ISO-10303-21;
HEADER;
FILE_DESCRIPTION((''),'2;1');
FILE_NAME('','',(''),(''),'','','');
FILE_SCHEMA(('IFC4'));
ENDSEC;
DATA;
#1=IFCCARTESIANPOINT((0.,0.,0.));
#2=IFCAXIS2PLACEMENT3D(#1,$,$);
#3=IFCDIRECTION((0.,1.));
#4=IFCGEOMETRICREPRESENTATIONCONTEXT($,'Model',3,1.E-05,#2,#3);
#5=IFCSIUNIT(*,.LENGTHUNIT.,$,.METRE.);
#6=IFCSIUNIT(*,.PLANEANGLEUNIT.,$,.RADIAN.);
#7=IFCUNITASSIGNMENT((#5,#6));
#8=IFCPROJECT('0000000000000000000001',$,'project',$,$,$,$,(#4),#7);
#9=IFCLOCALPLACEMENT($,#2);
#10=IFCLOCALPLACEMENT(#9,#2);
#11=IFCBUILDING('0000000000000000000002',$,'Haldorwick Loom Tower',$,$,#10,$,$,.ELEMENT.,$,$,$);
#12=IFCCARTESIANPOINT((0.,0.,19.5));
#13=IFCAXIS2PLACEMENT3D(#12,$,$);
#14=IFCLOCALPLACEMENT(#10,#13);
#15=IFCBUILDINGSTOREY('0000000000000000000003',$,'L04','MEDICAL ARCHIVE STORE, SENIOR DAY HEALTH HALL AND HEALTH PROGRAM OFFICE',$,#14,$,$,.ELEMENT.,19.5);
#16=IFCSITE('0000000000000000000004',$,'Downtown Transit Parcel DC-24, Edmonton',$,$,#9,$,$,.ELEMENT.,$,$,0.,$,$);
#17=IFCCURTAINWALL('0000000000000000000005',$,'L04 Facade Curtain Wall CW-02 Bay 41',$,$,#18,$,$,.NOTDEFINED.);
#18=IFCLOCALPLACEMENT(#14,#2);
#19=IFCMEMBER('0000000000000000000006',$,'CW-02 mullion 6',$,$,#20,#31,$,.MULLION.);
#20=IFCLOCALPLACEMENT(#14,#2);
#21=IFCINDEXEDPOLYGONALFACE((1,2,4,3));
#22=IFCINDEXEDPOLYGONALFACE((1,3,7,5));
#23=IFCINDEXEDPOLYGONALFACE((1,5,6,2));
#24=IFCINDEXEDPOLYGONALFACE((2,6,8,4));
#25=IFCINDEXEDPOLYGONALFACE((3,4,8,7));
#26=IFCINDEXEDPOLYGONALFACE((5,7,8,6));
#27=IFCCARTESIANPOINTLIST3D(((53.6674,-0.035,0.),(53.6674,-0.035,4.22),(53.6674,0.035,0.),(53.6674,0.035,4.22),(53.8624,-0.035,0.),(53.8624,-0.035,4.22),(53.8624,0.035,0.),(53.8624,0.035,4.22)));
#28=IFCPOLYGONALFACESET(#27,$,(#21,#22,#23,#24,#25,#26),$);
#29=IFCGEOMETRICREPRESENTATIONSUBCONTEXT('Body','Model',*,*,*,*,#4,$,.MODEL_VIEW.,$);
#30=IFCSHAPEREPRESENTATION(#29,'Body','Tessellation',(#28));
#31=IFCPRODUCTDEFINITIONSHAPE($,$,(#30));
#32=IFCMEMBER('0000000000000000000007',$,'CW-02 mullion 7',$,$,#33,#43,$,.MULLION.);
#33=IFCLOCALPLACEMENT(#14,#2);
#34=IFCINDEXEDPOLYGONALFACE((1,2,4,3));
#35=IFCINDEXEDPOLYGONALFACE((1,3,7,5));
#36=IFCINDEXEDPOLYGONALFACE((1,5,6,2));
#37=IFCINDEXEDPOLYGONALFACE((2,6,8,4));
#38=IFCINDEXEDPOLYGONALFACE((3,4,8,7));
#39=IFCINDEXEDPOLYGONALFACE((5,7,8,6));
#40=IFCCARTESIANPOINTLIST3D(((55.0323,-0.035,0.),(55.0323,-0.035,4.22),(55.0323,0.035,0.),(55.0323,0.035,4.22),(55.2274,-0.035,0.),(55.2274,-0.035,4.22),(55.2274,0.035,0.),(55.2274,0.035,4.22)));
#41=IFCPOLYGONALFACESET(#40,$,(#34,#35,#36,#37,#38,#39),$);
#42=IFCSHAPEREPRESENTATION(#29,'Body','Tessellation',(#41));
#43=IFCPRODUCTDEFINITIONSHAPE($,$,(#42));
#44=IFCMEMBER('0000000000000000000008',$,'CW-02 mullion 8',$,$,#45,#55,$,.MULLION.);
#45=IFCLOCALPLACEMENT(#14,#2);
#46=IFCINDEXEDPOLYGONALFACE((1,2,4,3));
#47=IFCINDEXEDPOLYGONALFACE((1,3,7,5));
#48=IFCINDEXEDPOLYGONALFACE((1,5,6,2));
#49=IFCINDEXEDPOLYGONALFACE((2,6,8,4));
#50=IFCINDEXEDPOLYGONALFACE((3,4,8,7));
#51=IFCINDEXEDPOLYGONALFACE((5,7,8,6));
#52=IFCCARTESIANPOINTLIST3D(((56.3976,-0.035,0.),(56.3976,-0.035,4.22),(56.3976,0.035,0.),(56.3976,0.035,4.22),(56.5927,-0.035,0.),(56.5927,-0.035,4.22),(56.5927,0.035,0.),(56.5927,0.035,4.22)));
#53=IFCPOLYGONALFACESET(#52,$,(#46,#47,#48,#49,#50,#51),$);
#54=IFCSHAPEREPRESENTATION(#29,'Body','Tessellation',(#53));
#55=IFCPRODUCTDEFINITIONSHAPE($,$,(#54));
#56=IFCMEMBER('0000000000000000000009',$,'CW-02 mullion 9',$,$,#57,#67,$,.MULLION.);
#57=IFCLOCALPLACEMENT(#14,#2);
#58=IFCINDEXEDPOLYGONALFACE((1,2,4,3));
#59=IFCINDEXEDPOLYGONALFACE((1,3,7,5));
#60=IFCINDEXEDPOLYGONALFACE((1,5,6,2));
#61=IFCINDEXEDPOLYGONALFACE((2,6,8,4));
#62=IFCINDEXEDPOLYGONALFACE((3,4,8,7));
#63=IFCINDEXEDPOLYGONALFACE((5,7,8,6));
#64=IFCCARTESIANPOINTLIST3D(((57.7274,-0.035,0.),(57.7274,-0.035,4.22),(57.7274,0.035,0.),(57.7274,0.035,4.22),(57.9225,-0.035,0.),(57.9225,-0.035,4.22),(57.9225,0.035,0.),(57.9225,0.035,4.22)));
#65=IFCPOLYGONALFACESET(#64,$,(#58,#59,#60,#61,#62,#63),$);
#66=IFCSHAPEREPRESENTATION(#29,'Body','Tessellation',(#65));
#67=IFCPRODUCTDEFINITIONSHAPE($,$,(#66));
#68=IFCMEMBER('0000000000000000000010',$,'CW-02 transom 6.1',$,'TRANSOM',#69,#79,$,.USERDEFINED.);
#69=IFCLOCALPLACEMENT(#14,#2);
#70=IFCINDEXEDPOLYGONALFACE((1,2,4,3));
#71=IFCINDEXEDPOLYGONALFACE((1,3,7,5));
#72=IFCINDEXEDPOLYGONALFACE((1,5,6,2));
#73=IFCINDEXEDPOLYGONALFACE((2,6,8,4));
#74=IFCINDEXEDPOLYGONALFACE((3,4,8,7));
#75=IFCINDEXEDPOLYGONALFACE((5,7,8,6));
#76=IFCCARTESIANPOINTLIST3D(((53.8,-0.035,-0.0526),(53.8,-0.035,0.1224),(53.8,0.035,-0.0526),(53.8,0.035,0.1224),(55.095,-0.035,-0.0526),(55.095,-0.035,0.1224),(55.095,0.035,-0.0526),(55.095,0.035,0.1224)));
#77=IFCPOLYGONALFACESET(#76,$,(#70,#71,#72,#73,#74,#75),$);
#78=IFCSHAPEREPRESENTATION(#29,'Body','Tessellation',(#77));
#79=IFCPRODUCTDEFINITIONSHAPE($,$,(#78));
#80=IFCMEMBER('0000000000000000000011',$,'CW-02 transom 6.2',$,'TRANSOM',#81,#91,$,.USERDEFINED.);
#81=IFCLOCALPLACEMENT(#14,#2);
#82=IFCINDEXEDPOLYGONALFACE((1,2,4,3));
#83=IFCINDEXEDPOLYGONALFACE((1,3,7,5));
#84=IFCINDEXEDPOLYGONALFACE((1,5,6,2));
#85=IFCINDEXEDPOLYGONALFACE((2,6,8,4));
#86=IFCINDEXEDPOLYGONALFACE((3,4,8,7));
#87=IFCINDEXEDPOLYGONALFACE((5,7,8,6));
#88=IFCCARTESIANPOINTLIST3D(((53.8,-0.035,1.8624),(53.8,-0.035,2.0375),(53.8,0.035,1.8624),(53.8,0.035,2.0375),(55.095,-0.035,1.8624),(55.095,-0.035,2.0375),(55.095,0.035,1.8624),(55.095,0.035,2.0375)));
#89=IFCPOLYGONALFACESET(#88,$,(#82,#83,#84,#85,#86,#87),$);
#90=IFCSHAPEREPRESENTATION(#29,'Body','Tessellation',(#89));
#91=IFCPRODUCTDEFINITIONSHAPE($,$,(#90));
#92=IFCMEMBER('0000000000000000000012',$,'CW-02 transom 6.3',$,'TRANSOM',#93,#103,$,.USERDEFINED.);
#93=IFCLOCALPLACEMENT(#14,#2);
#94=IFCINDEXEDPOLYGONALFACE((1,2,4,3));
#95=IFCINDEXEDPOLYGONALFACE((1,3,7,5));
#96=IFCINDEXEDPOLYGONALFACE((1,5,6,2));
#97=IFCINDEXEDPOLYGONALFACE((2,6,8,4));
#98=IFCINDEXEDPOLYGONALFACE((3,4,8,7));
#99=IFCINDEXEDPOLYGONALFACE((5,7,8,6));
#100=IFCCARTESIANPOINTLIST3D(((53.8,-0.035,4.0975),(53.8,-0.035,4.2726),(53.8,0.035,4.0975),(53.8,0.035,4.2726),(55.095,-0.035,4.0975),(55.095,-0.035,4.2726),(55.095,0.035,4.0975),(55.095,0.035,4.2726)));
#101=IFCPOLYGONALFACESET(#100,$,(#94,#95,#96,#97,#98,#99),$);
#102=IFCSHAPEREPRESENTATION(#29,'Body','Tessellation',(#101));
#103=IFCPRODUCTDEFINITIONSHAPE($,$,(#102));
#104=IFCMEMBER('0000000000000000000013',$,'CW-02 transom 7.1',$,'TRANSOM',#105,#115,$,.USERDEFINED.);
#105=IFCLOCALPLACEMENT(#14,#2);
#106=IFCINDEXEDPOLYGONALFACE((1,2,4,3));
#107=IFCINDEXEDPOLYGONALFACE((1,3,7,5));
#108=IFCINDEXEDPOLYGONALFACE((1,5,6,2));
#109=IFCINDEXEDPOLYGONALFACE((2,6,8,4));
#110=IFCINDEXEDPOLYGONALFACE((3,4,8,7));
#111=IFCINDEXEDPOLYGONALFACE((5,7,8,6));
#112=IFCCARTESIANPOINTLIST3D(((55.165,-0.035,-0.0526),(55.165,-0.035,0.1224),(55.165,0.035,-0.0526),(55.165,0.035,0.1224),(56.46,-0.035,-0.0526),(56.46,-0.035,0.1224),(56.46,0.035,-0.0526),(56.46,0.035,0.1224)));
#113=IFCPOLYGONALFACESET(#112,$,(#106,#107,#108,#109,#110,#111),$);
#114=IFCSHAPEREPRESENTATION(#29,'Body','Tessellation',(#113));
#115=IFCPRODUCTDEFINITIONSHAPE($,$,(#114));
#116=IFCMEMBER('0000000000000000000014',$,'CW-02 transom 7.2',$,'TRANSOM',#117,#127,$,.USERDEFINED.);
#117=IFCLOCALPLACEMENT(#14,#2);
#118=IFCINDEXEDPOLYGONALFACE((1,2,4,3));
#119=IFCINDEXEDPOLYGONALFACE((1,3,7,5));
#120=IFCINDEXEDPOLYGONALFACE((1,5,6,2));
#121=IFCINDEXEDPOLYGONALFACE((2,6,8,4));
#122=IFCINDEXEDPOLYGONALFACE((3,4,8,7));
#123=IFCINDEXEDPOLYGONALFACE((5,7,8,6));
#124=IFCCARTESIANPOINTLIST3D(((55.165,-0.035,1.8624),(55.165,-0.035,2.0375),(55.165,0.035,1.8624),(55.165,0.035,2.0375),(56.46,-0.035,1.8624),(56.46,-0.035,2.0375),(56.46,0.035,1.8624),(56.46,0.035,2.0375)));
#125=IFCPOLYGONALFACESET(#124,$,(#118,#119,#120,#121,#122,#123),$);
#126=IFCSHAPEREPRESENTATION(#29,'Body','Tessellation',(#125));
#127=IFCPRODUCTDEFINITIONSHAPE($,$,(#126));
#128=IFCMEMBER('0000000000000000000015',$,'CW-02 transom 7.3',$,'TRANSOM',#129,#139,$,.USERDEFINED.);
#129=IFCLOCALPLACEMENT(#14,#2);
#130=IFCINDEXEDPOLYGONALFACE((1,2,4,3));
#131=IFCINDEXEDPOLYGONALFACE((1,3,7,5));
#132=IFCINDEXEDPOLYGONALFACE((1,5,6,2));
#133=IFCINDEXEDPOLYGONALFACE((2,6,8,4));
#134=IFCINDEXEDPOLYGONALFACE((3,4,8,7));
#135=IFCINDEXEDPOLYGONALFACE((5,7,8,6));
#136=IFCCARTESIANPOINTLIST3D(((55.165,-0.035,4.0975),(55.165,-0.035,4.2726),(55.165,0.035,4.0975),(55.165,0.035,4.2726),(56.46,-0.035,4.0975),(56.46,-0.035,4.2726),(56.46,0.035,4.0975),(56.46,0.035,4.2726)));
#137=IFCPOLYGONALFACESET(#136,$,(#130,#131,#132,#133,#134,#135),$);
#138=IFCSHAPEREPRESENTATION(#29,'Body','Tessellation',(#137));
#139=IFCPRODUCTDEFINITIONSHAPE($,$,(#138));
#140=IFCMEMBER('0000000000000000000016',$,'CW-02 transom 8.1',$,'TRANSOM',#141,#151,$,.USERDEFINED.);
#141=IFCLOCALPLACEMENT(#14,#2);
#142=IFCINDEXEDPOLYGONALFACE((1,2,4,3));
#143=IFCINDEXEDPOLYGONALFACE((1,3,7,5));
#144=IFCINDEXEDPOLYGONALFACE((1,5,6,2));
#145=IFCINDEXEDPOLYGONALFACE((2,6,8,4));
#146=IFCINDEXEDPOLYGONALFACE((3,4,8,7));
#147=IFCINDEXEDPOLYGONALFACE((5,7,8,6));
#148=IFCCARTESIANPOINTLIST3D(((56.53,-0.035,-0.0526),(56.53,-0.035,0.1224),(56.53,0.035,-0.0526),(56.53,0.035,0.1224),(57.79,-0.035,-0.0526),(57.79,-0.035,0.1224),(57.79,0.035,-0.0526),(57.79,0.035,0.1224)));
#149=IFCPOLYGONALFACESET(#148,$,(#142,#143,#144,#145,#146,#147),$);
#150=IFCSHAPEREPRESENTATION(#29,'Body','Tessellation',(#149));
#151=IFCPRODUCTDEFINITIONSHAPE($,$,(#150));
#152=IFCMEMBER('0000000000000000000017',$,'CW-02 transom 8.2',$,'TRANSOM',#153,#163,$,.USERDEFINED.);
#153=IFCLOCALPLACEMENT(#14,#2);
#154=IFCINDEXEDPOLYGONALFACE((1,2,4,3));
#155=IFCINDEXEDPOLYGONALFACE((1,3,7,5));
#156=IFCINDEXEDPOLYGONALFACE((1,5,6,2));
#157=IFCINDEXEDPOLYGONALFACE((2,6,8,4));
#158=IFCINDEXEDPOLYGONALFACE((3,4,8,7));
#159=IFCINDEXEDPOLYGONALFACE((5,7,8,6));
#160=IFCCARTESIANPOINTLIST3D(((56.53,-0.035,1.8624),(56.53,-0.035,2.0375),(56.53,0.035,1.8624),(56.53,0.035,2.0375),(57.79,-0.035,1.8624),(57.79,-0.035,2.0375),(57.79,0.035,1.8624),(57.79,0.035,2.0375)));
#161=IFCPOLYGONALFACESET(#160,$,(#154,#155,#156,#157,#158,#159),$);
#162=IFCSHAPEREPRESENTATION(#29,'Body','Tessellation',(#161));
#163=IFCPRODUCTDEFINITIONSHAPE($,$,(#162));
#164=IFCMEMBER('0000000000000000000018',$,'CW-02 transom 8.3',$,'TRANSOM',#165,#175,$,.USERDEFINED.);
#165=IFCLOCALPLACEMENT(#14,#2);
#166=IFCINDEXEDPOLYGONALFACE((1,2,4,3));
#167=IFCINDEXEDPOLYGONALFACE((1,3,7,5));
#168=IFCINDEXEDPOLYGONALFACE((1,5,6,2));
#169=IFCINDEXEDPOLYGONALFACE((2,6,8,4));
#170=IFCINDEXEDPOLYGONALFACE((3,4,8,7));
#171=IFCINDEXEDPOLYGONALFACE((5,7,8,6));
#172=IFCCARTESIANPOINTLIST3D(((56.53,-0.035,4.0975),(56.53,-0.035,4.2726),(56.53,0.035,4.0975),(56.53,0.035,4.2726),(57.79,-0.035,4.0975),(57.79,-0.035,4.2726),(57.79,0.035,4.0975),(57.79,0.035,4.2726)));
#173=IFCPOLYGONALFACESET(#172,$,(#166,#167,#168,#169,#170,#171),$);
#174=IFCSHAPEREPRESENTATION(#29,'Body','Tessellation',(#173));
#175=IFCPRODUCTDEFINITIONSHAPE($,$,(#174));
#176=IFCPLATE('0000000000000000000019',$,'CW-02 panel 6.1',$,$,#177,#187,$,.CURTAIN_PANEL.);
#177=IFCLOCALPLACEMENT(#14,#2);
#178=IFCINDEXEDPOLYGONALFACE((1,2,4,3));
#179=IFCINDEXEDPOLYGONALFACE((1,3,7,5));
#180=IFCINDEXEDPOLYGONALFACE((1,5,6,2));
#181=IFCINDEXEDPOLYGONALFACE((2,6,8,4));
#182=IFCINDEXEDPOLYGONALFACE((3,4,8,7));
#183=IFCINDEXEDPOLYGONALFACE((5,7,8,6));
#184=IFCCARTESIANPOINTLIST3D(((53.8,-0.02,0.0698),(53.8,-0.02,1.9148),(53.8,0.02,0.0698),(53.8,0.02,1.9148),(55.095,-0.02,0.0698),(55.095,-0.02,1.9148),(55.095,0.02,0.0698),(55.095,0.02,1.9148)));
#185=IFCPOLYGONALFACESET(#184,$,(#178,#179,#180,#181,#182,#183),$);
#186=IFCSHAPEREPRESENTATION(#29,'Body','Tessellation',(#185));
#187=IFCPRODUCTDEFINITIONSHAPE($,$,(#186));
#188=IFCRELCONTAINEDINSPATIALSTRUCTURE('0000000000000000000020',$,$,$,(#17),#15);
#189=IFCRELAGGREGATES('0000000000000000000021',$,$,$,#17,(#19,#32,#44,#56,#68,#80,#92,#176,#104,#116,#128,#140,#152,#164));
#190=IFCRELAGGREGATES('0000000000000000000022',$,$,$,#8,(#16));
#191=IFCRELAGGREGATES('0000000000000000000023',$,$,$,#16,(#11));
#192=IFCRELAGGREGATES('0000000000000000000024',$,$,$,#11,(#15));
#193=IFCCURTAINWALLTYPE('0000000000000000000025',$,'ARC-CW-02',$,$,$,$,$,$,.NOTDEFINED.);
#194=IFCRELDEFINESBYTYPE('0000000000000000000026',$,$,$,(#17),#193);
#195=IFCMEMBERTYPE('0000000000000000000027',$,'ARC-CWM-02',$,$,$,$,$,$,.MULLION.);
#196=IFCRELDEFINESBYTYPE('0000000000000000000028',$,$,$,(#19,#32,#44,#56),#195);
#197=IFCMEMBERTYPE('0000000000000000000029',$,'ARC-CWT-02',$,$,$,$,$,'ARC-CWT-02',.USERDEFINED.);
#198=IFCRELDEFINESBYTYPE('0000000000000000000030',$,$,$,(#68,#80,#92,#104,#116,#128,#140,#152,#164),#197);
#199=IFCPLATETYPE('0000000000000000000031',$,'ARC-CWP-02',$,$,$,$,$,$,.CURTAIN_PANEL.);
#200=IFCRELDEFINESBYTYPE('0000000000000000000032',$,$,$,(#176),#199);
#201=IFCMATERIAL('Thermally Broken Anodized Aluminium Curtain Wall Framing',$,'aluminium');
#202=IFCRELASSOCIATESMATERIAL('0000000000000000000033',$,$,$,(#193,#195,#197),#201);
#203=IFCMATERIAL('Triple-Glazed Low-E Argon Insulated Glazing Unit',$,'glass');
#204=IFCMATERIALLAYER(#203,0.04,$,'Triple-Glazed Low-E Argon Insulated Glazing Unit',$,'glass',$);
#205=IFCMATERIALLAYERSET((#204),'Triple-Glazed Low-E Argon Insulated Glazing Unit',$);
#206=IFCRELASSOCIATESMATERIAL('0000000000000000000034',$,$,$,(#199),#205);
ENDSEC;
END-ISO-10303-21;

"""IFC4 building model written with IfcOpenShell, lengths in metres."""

from ifc_helpers import new_model, si_unit, direction, frame, origin, origin_2d, place, context, subcontext, project, spatial, rectangle, extrude, material, layer, layer_set, material_profile, profile_set, type_object, element, aggregate, save


model = new_model("IFC4")

# Units and contexts
model_context = context("Model", 3, precision=1e-05, world=origin(), true_north=direction((0.0, 1.0)))
body_context = subcontext(model_context, "Body", "Model", "MODEL_VIEW")
ifc_project = project(units=[si_unit("LENGTHUNIT", "METRE"), si_unit("PLANEANGLEUNIT", "RADIAN")], contexts=[model_context])

# Site, building, storey
site_placement = place(None, origin())
site = spatial("IfcSite", under=ifc_project, at=site_placement, Name="Downtown Transit Parcel DC-24, Edmonton", CompositionType="ELEMENT", RefElevation=0.0)
building_placement = place(site_placement, origin())
building = spatial("IfcBuilding", under=site, at=building_placement, Name="Haldorwick Loom Tower", CompositionType="ELEMENT")
storey_placement = place(building_placement, frame((0.0, 0.0, 19.5)))
storey = spatial("IfcBuildingStorey", under=building, at=storey_placement, Name="L04", Description="MEDICAL ARCHIVE STORE, SENIOR DAY HEALTH HALL AND HEALTH PROGRAM OFFICE", CompositionType="ELEMENT", Elevation=19.5)

# Curtain wall, members, plate
ifc_material_1 = material(Name="Thermally Broken Anodized Aluminium Curtain Wall Framing", Category="aluminium")
curtain_wall_type = type_object("IfcCurtainWallType", Name="ARC-CW-02", PredefinedType="NOTDEFINED", material=ifc_material_1)
curtain_wall_placement = place(storey_placement, origin())
curtain_wall = element("IfcCurtainWall", 1, at=curtain_wall_placement, inside=storey, type_object=curtain_wall_type, Name="L04 Facade Curtain Wall CW-02 Bay 41", PredefinedType="NOTDEFINED")
ifc_material_profile_1 = material_profile(ifc_material_1, rectangle(XDim=0.0701, YDim=0.1951, at=origin_2d()), Name="ALU_MUL_70X195", Category="aluminium")
ifc_profile_set_1 = profile_set([ifc_material_profile_1], Name="Thermally Broken Anodized Aluminium Curtain Wall Framing")
member_type_1 = type_object("IfcMemberType", Name="ARC-CWM-02", PredefinedType="MULLION", material=ifc_profile_set_1)
member_1_placement = place(storey_placement, frame((53.7649, 0.0, 0.0), z_axis=(0.0, 0.0, 1.0), x_axis=(0.0, 1.0, 0.0)))
member_1 = element("IfcMember", 2, at=member_1_placement, type_object=member_type_1, Name="CW-02 mullion 6", PredefinedType="MULLION", context=body_context, shape_type="SweptSolid", body=[
    extrude(rectangle(XDim=0.0701, YDim=0.1951, at=origin_2d()), origin(), (0.0, 0.0, 1.0), 4.22),
])
member_2_placement = place(storey_placement, frame((55.1299, 0.0, 0.0), z_axis=(0.0, 0.0, 1.0), x_axis=(0.0, 1.0, 0.0)))
member_2 = element("IfcMember", 3, at=member_2_placement, type_object=member_type_1, Name="CW-02 mullion 7", PredefinedType="MULLION", context=body_context, shape_type="SweptSolid", body=[
    extrude(rectangle(XDim=0.0701, YDim=0.1951, at=origin_2d()), origin(), (0.0, 0.0, 1.0), 4.22),
])
member_3_placement = place(storey_placement, frame((56.4951, 0.0, 0.0), z_axis=(0.0, 0.0, 1.0), x_axis=(0.0, 1.0, 0.0)))
member_3 = element("IfcMember", 4, at=member_3_placement, type_object=member_type_1, Name="CW-02 mullion 8", PredefinedType="MULLION", context=body_context, shape_type="SweptSolid", body=[
    extrude(rectangle(XDim=0.0701, YDim=0.1951, at=origin_2d()), origin(), (0.0, 0.0, 1.0), 4.22),
])
member_4_placement = place(storey_placement, frame((57.825, 0.0, 0.0), z_axis=(0.0, 0.0, 1.0), x_axis=(0.0, 1.0, 0.0)))
member_4 = element("IfcMember", 5, at=member_4_placement, type_object=member_type_1, Name="CW-02 mullion 9", PredefinedType="MULLION", context=body_context, shape_type="SweptSolid", body=[
    extrude(rectangle(XDim=0.0701, YDim=0.1951, at=origin_2d()), origin(), (0.0, 0.0, 1.0), 4.22),
])
ifc_material_profile_2 = material_profile(ifc_material_1, rectangle(XDim=0.0701, YDim=0.175, at=origin_2d()), Name="ALU_TRN_70X175", Category="aluminium")
ifc_profile_set_2 = profile_set([ifc_material_profile_2], Name="Thermally Broken Anodized Aluminium Curtain Wall Framing")
member_type_2 = type_object("IfcMemberType", Name="ARC-CWT-02", ElementType="ARC-CWT-02", PredefinedType="USERDEFINED", material=ifc_profile_set_2)
member_5_placement = place(storey_placement, frame((53.8, 0.0, 0.0349), z_axis=(1.0, 0.0, 0.0), x_axis=(0.0, 1.0, 0.0)))
member_5 = element("IfcMember", 6, at=member_5_placement, type_object=member_type_2, Name="CW-02 transom 6.1", ObjectType="TRANSOM", PredefinedType="USERDEFINED", context=body_context, shape_type="SweptSolid", body=[
    extrude(rectangle(XDim=0.0701, YDim=0.175, at=origin_2d()), origin(), (0.0, 0.0, 1.0), 1.2949),
])
member_6_placement = place(storey_placement, frame((53.8, 0.0, 1.95), z_axis=(1.0, 0.0, 0.0), x_axis=(0.0, 1.0, 0.0)))
member_6 = element("IfcMember", 7, at=member_6_placement, type_object=member_type_2, Name="CW-02 transom 6.2", ObjectType="TRANSOM", PredefinedType="USERDEFINED", context=body_context, shape_type="SweptSolid", body=[
    extrude(rectangle(XDim=0.0701, YDim=0.175, at=origin_2d()), origin(), (0.0, 0.0, 1.0), 1.2949),
])
member_7_placement = place(storey_placement, frame((53.8, 0.0, 4.1851), z_axis=(1.0, 0.0, 0.0), x_axis=(0.0, 1.0, 0.0)))
member_7 = element("IfcMember", 8, at=member_7_placement, type_object=member_type_2, Name="CW-02 transom 6.3", ObjectType="TRANSOM", PredefinedType="USERDEFINED", context=body_context, shape_type="SweptSolid", body=[
    extrude(rectangle(XDim=0.0701, YDim=0.175, at=origin_2d()), origin(), (0.0, 0.0, 1.0), 1.2949),
])
member_8_placement = place(storey_placement, frame((55.165, 0.0, 0.0349), z_axis=(1.0, 0.0, 0.0), x_axis=(0.0, 1.0, 0.0)))
member_8 = element("IfcMember", 9, at=member_8_placement, type_object=member_type_2, Name="CW-02 transom 7.1", ObjectType="TRANSOM", PredefinedType="USERDEFINED", context=body_context, shape_type="SweptSolid", body=[
    extrude(rectangle(XDim=0.0701, YDim=0.175, at=origin_2d()), origin(), (0.0, 0.0, 1.0), 1.2949),
])
member_9_placement = place(storey_placement, frame((55.165, 0.0, 1.95), z_axis=(1.0, 0.0, 0.0), x_axis=(0.0, 1.0, 0.0)))
member_9 = element("IfcMember", 10, at=member_9_placement, type_object=member_type_2, Name="CW-02 transom 7.2", ObjectType="TRANSOM", PredefinedType="USERDEFINED", context=body_context, shape_type="SweptSolid", body=[
    extrude(rectangle(XDim=0.0701, YDim=0.175, at=origin_2d()), origin(), (0.0, 0.0, 1.0), 1.2949),
])
member_10_placement = place(storey_placement, frame((55.165, 0.0, 4.1851), z_axis=(1.0, 0.0, 0.0), x_axis=(0.0, 1.0, 0.0)))
member_10 = element("IfcMember", 11, at=member_10_placement, type_object=member_type_2, Name="CW-02 transom 7.3", ObjectType="TRANSOM", PredefinedType="USERDEFINED", context=body_context, shape_type="SweptSolid", body=[
    extrude(rectangle(XDim=0.0701, YDim=0.175, at=origin_2d()), origin(), (0.0, 0.0, 1.0), 1.2949),
])
member_11_placement = place(storey_placement, frame((56.53, 0.0, 0.0349), z_axis=(1.0, 0.0, 0.0), x_axis=(0.0, 1.0, 0.0)))
member_11 = element("IfcMember", 12, at=member_11_placement, type_object=member_type_2, Name="CW-02 transom 8.1", ObjectType="TRANSOM", PredefinedType="USERDEFINED", context=body_context, shape_type="SweptSolid", body=[
    extrude(rectangle(XDim=0.0701, YDim=0.175, at=origin_2d()), origin(), (0.0, 0.0, 1.0), 1.26),
])
member_12_placement = place(storey_placement, frame((56.53, 0.0, 1.95), z_axis=(1.0, 0.0, 0.0), x_axis=(0.0, 1.0, 0.0)))
member_12 = element("IfcMember", 13, at=member_12_placement, type_object=member_type_2, Name="CW-02 transom 8.2", ObjectType="TRANSOM", PredefinedType="USERDEFINED", context=body_context, shape_type="SweptSolid", body=[
    extrude(rectangle(XDim=0.0701, YDim=0.175, at=origin_2d()), origin(), (0.0, 0.0, 1.0), 1.26),
])
member_13_placement = place(storey_placement, frame((56.53, 0.0, 4.1851), z_axis=(1.0, 0.0, 0.0), x_axis=(0.0, 1.0, 0.0)))
member_13 = element("IfcMember", 14, at=member_13_placement, type_object=member_type_2, Name="CW-02 transom 8.3", ObjectType="TRANSOM", PredefinedType="USERDEFINED", context=body_context, shape_type="SweptSolid", body=[
    extrude(rectangle(XDim=0.0701, YDim=0.175, at=origin_2d()), origin(), (0.0, 0.0, 1.0), 1.26),
])
ifc_material_2 = material(Name="Triple-Glazed Low-E Argon Insulated Glazing Unit", Category="glass")
ifc_layer_1 = layer(ifc_material_2, 0.04, Name="Triple-Glazed Low-E Argon Insulated Glazing Unit", Category="glass")
ifc_layer_set_1 = layer_set([ifc_layer_1], Name="Triple-Glazed Low-E Argon Insulated Glazing Unit")
plate_type = type_object("IfcPlateType", Name="ARC-CWP-02", PredefinedType="CURTAIN_PANEL", material=ifc_layer_set_1)
plate_1_placement = place(storey_placement, frame((54.4475, 0.0, 0.0698), z_axis=(0.0, 0.0, 1.0), x_axis=(1.0, 0.0, 0.0)))
plate_1 = element("IfcPlate", 15, at=plate_1_placement, type_object=plate_type, Name="CW-02 panel 6.1", PredefinedType="CURTAIN_PANEL", context=body_context, shape_type="SweptSolid", body=[
    extrude(rectangle(XDim=1.2949, YDim=0.04, at=origin_2d()), origin(), (0.0, 0.0, 1.0), 1.845),
])
aggregate(curtain_wall, [member_1, member_2, member_3, member_4, member_5, member_6, member_7, plate_1, member_8, member_9, member_10, member_11, member_12, member_13])

save(model, "model.ifc")
